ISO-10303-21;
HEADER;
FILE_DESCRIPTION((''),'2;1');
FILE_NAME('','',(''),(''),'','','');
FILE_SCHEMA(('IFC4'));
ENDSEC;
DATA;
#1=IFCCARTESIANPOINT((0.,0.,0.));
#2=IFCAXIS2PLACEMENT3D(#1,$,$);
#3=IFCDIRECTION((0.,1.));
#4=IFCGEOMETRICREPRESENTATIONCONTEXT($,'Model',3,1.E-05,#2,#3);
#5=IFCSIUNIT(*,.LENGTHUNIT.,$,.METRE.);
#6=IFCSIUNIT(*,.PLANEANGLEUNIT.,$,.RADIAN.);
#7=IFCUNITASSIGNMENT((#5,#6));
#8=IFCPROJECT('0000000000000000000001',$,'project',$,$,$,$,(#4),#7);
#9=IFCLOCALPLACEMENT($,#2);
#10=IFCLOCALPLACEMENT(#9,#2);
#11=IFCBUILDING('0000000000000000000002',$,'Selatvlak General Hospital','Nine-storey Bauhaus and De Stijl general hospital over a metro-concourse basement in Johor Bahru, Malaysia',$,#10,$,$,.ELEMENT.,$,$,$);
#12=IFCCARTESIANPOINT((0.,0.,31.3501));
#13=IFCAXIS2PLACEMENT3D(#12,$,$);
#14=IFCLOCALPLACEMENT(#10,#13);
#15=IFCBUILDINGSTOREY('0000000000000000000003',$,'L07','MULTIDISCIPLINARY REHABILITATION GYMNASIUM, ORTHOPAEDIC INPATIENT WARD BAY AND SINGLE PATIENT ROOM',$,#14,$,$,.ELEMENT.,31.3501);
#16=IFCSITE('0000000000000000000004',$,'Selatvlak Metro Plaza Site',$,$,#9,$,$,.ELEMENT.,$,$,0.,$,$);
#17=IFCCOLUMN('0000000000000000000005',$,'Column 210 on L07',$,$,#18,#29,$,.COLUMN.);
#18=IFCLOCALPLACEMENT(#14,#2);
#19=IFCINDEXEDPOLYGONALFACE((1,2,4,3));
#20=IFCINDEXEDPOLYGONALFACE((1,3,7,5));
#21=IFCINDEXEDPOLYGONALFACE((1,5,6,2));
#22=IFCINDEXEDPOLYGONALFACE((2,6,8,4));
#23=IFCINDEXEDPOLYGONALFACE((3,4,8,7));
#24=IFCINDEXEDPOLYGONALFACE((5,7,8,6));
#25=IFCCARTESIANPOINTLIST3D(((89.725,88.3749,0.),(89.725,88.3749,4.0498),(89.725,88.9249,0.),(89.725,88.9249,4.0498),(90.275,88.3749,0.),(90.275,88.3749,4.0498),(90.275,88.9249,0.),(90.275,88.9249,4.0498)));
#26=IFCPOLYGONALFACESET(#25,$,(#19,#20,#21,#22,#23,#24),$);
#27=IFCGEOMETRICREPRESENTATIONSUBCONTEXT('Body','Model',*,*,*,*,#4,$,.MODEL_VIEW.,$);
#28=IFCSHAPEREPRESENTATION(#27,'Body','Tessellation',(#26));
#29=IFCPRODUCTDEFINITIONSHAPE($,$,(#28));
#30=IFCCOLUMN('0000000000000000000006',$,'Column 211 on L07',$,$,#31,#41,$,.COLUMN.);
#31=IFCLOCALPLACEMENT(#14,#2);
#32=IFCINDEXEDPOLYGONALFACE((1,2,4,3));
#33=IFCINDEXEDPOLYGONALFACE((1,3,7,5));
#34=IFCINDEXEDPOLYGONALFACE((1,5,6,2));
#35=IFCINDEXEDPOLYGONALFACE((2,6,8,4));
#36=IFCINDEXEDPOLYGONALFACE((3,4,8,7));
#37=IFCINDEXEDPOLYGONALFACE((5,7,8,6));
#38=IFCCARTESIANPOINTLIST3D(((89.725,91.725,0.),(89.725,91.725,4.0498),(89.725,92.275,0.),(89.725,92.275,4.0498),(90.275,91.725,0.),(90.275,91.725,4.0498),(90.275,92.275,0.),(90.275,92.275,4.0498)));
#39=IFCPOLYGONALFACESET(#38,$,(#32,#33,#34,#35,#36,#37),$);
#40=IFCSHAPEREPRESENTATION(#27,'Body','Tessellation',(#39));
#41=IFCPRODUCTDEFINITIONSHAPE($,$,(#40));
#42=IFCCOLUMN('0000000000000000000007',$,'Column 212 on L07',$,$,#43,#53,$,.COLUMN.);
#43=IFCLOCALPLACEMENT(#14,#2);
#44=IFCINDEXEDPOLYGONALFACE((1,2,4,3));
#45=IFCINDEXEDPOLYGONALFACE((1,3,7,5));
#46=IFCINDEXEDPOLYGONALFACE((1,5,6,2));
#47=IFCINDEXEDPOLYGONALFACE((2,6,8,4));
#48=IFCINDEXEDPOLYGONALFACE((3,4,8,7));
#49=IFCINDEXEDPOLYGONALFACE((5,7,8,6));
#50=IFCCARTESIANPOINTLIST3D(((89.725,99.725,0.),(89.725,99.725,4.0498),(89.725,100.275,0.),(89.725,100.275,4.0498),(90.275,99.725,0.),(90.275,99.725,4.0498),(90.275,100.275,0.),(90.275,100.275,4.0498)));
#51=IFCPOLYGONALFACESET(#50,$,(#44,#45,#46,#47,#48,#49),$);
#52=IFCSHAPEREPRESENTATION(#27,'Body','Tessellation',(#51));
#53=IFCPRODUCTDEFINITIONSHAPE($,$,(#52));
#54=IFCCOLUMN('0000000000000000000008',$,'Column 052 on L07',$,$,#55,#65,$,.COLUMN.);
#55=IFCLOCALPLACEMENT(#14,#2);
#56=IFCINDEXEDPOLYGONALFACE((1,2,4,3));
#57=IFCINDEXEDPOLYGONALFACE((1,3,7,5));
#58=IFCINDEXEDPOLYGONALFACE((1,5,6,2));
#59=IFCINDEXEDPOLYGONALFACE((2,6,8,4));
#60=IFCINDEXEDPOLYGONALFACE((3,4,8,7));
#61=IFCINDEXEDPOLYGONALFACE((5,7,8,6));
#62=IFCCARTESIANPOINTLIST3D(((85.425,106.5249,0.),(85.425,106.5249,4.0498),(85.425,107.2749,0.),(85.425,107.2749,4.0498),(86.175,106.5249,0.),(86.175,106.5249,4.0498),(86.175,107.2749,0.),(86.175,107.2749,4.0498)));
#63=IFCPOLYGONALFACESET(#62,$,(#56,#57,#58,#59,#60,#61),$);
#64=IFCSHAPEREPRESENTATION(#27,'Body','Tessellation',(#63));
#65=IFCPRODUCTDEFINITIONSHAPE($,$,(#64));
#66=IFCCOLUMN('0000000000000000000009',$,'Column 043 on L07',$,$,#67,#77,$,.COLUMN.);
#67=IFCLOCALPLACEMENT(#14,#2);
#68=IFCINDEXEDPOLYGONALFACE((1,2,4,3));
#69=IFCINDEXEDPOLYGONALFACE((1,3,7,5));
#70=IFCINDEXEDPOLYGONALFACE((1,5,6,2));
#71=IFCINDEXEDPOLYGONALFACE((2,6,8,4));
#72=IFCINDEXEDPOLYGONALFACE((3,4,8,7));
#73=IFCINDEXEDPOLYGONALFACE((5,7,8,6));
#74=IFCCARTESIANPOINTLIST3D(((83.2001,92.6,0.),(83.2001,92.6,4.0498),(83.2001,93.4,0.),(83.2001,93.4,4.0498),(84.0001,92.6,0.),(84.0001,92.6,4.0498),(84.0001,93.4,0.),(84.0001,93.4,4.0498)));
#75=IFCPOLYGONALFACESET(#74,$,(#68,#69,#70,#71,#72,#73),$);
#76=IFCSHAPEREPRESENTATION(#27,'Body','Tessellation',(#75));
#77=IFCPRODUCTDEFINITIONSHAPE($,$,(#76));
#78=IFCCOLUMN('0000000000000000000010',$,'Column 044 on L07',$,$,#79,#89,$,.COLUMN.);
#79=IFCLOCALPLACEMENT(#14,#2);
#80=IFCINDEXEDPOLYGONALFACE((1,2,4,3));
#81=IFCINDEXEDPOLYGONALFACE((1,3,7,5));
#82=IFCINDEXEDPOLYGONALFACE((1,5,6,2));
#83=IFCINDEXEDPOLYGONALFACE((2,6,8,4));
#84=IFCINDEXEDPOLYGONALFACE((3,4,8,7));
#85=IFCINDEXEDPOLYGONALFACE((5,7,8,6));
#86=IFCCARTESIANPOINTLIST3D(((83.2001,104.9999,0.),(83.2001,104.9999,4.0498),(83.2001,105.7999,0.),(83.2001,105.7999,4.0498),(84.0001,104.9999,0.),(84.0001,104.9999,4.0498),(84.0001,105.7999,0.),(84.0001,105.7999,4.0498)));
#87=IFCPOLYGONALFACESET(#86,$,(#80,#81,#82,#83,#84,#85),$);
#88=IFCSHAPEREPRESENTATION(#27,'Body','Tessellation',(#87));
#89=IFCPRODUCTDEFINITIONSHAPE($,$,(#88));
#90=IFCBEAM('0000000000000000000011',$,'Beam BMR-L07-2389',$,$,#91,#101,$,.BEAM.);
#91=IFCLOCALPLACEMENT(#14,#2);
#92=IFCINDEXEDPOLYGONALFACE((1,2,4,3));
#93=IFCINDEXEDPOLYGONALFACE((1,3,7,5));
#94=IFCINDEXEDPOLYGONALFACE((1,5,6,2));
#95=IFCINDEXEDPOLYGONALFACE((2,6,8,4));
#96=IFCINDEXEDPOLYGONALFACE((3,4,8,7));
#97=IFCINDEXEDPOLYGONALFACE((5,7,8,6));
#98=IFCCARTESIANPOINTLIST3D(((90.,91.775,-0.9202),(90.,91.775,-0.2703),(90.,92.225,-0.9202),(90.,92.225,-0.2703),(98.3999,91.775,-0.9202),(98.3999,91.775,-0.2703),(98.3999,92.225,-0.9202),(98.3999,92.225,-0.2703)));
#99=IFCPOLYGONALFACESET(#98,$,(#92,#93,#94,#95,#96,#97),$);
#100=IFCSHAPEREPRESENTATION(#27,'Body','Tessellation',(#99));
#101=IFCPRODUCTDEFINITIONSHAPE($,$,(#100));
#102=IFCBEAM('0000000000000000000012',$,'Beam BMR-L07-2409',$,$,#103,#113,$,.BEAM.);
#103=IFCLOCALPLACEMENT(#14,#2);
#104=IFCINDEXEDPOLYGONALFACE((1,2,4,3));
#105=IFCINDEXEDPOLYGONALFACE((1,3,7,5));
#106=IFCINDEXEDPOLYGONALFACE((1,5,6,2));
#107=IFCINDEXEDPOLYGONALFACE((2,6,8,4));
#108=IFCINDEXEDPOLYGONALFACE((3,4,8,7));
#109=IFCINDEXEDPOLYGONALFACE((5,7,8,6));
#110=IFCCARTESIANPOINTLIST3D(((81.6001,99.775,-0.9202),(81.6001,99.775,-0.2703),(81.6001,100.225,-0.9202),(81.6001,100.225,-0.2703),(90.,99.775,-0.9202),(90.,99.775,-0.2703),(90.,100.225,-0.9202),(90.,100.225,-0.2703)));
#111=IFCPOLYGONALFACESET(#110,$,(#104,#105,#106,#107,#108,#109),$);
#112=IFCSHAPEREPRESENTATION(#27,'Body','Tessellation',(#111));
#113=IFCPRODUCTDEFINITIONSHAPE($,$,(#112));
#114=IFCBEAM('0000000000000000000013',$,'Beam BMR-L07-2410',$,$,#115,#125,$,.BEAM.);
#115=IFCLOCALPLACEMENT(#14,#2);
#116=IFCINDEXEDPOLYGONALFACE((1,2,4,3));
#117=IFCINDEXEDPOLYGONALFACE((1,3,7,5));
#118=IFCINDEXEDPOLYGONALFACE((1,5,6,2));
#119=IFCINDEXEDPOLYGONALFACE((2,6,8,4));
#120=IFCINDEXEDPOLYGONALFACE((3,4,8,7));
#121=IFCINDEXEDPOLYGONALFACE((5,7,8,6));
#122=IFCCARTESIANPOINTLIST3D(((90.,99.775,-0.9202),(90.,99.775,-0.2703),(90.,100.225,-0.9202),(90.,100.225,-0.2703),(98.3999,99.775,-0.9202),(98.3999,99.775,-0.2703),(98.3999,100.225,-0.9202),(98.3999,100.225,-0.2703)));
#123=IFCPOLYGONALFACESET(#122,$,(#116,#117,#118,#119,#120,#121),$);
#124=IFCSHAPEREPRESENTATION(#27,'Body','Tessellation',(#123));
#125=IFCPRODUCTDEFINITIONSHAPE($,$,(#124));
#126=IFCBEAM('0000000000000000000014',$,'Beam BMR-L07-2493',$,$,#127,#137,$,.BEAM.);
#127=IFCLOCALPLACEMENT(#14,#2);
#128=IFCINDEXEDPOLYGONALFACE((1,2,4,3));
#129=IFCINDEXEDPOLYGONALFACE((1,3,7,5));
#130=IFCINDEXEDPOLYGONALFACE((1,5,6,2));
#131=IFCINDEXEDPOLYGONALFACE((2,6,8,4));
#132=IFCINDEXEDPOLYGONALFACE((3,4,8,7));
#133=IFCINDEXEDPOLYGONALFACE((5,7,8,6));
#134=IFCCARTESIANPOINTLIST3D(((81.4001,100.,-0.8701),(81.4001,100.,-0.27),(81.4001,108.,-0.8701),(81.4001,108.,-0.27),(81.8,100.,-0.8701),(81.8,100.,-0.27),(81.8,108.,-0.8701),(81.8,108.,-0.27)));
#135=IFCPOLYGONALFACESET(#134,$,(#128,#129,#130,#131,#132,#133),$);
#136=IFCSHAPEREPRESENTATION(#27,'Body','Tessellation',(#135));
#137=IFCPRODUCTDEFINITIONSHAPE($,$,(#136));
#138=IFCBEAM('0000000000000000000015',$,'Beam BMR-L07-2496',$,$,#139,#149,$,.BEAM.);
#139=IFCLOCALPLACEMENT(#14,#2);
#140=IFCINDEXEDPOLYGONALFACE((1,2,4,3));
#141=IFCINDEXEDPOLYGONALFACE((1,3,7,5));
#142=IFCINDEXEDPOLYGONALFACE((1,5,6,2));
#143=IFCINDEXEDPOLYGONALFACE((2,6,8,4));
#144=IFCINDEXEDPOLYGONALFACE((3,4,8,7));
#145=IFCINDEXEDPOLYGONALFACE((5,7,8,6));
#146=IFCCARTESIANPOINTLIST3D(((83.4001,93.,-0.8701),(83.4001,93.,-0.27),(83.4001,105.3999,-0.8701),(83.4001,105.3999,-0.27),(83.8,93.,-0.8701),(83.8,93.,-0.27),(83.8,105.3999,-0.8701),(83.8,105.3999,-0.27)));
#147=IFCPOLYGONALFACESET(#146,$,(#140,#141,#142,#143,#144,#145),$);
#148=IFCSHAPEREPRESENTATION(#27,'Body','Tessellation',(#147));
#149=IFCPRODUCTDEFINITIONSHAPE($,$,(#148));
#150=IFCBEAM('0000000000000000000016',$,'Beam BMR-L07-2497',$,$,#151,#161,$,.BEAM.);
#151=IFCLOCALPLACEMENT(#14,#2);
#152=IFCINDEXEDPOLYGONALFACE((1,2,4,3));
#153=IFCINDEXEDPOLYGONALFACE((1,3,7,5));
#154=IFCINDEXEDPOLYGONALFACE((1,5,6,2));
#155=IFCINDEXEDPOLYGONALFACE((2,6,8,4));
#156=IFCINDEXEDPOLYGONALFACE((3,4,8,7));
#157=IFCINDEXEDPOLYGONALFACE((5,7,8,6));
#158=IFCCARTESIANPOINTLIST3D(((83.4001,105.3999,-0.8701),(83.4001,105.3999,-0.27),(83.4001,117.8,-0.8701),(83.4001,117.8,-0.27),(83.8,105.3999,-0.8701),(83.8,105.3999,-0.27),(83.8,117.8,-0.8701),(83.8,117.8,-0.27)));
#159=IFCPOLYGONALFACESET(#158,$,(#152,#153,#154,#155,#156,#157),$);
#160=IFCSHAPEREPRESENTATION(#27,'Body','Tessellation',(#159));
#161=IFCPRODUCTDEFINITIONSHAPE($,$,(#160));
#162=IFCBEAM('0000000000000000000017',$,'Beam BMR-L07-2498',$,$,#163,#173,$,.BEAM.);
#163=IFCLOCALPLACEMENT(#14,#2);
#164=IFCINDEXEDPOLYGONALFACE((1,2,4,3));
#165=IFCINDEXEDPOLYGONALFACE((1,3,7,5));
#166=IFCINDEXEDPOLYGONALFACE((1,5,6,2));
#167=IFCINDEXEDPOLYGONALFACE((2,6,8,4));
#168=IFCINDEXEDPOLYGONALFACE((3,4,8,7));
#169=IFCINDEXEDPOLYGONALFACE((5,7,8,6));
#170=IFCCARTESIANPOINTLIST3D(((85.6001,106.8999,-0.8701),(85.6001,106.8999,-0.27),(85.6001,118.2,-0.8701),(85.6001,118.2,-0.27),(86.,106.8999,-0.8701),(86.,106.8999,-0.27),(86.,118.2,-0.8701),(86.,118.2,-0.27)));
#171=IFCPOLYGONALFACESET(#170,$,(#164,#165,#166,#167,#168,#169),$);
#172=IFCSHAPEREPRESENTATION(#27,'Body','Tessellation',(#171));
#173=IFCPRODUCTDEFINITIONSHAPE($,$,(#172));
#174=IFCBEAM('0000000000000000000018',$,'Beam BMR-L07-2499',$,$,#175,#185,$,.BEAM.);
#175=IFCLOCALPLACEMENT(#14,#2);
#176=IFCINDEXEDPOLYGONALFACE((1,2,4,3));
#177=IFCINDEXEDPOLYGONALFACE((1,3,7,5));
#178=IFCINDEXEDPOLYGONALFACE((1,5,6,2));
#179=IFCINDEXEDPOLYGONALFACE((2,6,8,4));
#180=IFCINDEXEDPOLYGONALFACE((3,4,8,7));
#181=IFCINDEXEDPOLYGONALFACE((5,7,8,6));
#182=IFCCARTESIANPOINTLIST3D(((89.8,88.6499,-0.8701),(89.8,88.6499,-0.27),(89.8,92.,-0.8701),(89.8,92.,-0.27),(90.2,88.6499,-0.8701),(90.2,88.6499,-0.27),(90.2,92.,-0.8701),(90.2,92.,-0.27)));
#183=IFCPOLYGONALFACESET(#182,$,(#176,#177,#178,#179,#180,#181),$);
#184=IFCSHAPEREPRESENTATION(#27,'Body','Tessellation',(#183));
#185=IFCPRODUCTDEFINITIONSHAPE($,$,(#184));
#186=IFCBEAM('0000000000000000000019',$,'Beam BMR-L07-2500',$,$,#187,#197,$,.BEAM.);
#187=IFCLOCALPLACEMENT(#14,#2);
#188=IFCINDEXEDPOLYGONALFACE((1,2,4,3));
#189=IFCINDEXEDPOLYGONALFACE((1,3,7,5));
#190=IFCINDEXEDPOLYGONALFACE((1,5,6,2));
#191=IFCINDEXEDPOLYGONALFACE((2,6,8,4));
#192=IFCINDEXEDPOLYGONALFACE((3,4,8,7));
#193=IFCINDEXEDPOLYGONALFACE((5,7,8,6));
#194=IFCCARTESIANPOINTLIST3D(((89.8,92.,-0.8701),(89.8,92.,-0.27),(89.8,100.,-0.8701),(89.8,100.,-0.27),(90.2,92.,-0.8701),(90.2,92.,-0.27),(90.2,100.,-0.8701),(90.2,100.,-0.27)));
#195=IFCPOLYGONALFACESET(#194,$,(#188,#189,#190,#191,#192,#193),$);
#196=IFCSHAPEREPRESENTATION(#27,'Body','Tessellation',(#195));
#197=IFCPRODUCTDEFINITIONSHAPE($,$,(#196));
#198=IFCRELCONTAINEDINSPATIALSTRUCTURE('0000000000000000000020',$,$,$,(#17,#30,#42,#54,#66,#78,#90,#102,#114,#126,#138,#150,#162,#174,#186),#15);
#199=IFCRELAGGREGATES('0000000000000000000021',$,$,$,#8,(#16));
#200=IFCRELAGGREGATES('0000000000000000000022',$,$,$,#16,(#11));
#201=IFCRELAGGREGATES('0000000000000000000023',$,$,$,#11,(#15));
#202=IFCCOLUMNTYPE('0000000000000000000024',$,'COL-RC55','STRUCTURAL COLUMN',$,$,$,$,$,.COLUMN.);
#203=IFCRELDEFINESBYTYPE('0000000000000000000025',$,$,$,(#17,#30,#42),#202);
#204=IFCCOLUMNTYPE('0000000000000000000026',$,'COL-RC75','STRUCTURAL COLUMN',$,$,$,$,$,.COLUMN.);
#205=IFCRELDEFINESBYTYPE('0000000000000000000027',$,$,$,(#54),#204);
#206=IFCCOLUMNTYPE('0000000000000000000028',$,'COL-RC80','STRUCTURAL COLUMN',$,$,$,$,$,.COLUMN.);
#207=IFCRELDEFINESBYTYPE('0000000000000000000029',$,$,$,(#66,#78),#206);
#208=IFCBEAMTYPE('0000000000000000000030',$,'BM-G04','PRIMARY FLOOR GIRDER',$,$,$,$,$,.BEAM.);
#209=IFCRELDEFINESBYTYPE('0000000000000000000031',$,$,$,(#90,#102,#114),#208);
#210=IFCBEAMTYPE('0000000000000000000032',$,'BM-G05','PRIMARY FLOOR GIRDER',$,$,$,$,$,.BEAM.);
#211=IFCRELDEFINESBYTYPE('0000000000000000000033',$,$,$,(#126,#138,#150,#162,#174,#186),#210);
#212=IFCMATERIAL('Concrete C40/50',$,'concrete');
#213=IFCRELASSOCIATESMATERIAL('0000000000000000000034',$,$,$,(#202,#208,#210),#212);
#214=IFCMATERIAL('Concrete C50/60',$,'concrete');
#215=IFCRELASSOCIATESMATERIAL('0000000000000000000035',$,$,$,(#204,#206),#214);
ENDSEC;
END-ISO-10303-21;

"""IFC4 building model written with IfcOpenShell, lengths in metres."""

from ifc_helpers import new_model, si_unit, direction, frame, origin, origin_2d, place, context, subcontext, project, spatial, rectangle, extrude, material, material_profile, profile_set, type_object, element, save


model = new_model("IFC4")

# Units and contexts
model_context = context("Model", 3, precision=1e-05, world=origin(), true_north=direction((0.0, 1.0)))
body_context = subcontext(model_context, "Body", "Model", "MODEL_VIEW")
ifc_project = project(units=[si_unit("LENGTHUNIT", "METRE"), si_unit("PLANEANGLEUNIT", "RADIAN")], contexts=[model_context])

# Site, building, storey
site_placement = place(None, origin())
site = spatial("IfcSite", under=ifc_project, at=site_placement, Name="Selatvlak Metro Plaza Site", CompositionType="ELEMENT", RefElevation=0.0)
building_placement = place(site_placement, origin())
building = spatial("IfcBuilding", under=site, at=building_placement, Name="Selatvlak General Hospital", Description="Nine-storey Bauhaus and De Stijl general hospital over a metro-concourse basement in Johor Bahru, Malaysia", CompositionType="ELEMENT")
storey_placement = place(building_placement, frame((0.0, 0.0, 31.3501)))
storey = spatial("IfcBuildingStorey", under=building, at=storey_placement, Name="L07", Description="MULTIDISCIPLINARY REHABILITATION GYMNASIUM, ORTHOPAEDIC INPATIENT WARD BAY AND SINGLE PATIENT ROOM", CompositionType="ELEMENT", Elevation=31.3501)

# Columns
ifc_material_1 = material(Name="Concrete C40/50", Category="concrete")
ifc_material_profile_1 = material_profile(ifc_material_1, rectangle(XDim=0.55, YDim=0.55, at=origin_2d()), Name="RC-COL 550x550")
ifc_profile_set_1 = profile_set([ifc_material_profile_1], Name="Concrete C40/50")
column_type_1 = type_object("IfcColumnType", Name="COL-RC55", Description="STRUCTURAL COLUMN", PredefinedType="COLUMN", material=ifc_profile_set_1)
for number, where, z_axis, x_axis, name in (
    (1, (90.0, 88.6499, 0.0), (0.0, 0.0, 1.0), (1.0, 0.0, 0.0), "Column 210 on L07"),
    (2, (90.0, 92.0, 0.0), (0.0, 0.0, 1.0), (1.0, 0.0, 0.0), "Column 211 on L07"),
    (3, (90.0, 100.0, 0.0), (0.0, 0.0, 1.0), (1.0, 0.0, 0.0), "Column 212 on L07"),
):
    element("IfcColumn", number, at=place(storey_placement, frame(where, z_axis=z_axis, x_axis=x_axis)), inside=storey, type_object=column_type_1, Name=name, PredefinedType="COLUMN", context=body_context, shape_type="SweptSolid", body=[
        extrude(rectangle(XDim=0.55, YDim=0.55, at=origin_2d()), origin(), (0.0, 0.0, 1.0), 4.0498),
    ])
ifc_material_2 = material(Name="Concrete C50/60", Category="concrete")
ifc_material_profile_2 = material_profile(ifc_material_2, rectangle(XDim=0.75, YDim=0.75, at=origin_2d()), Name="RC-COL 750x750")
ifc_profile_set_2 = profile_set([ifc_material_profile_2], Name="Concrete C50/60")
column_type_2 = type_object("IfcColumnType", Name="COL-RC75", Description="STRUCTURAL COLUMN", PredefinedType="COLUMN", material=ifc_profile_set_2)
column_placement = place(storey_placement, frame((85.8, 106.8999, 0.0), z_axis=(0.0, 0.0, 1.0), x_axis=(1.0, 0.0, 0.0)))
element("IfcColumn", 4, at=column_placement, inside=storey, type_object=column_type_2, Name="Column 052 on L07", PredefinedType="COLUMN", context=body_context, shape_type="SweptSolid", body=[
    extrude(rectangle(XDim=0.75, YDim=0.75, at=origin_2d()), origin(), (0.0, 0.0, 1.0), 4.0498),
])
ifc_material_profile_3 = material_profile(ifc_material_2, rectangle(XDim=0.8, YDim=0.8, at=origin_2d()), Name="RC-COL 800x800")
ifc_profile_set_3 = profile_set([ifc_material_profile_3], Name="Concrete C50/60")
column_type_3 = type_object("IfcColumnType", Name="COL-RC80", Description="STRUCTURAL COLUMN", PredefinedType="COLUMN", material=ifc_profile_set_3)
for number, where, z_axis, x_axis, name in (
    (5, (83.6001, 93.0, 0.0), (0.0, 0.0, 1.0), (1.0, 0.0, 0.0), "Column 043 on L07"),
    (6, (83.6001, 105.3999, 0.0), (0.0, 0.0, 1.0), (1.0, 0.0, 0.0), "Column 044 on L07"),
):
    element("IfcColumn", number, at=place(storey_placement, frame(where, z_axis=z_axis, x_axis=x_axis)), inside=storey, type_object=column_type_3, Name=name, PredefinedType="COLUMN", context=body_context, shape_type="SweptSolid", body=[
        extrude(rectangle(XDim=0.8, YDim=0.8, at=origin_2d()), origin(), (0.0, 0.0, 1.0), 4.0498),
    ])

# Beams
ifc_material_profile_4 = material_profile(ifc_material_1, rectangle(XDim=0.45, YDim=0.6499, at=origin_2d()), Name="RC-BM 450x650")
ifc_profile_set_4 = profile_set([ifc_material_profile_4], Name="Concrete C40/50")
beam_type_1 = type_object("IfcBeamType", Name="BM-G04", Description="PRIMARY FLOOR GIRDER", PredefinedType="BEAM", material=ifc_profile_set_4)
for number, where, z_axis, x_axis, name in (
    (7, (90.0, 92.0, -0.5952), (1.0, 0.0, 0.0), (0.0, 1.0, 0.0), "Beam BMR-L07-2389"),
    (8, (81.6001, 100.0, -0.5952), (1.0, 0.0, 0.0), (0.0, 1.0, 0.0), "Beam BMR-L07-2409"),
    (9, (90.0, 100.0, -0.5952), (1.0, 0.0, 0.0), (0.0, 1.0, 0.0), "Beam BMR-L07-2410"),
):
    element("IfcBeam", number, at=place(storey_placement, frame(where, z_axis=z_axis, x_axis=x_axis)), inside=storey, type_object=beam_type_1, Name=name, PredefinedType="BEAM", context=body_context, shape_type="SweptSolid", body=[
        extrude(rectangle(XDim=0.45, YDim=0.6499, at=origin_2d()), origin(), (0.0, 0.0, 1.0), 8.3999),
    ])
ifc_material_profile_5 = material_profile(ifc_material_1, rectangle(XDim=0.3999, YDim=0.6001, at=origin_2d()), Name="RC-BM 400x600")
ifc_profile_set_5 = profile_set([ifc_material_profile_5], Name="Concrete C40/50")
beam_type_2 = type_object("IfcBeamType", Name="BM-G05", Description="PRIMARY FLOOR GIRDER", PredefinedType="BEAM", material=ifc_profile_set_5)
beam_1_placement = place(storey_placement, frame((81.6001, 100.0, -0.5701), z_axis=(0.0, 1.0, 0.0), x_axis=(-1.0, 0.0, 0.0)))
element("IfcBeam", 10, at=beam_1_placement, inside=storey, type_object=beam_type_2, Name="Beam BMR-L07-2493", PredefinedType="BEAM", context=body_context, shape_type="SweptSolid", body=[
    extrude(rectangle(XDim=0.3999, YDim=0.6001, at=origin_2d()), origin(), (0.0, 0.0, 1.0), 8.0),
])
beam_2_placement = place(storey_placement, frame((83.6001, 93.0, -0.5701), z_axis=(0.0, 1.0, 0.0), x_axis=(-1.0, 0.0, 0.0)))
element("IfcBeam", 11, at=beam_2_placement, inside=storey, type_object=beam_type_2, Name="Beam BMR-L07-2496", PredefinedType="BEAM", context=body_context, shape_type="SweptSolid", body=[
    extrude(rectangle(XDim=0.3999, YDim=0.6001, at=origin_2d()), origin(), (0.0, 0.0, 1.0), 12.3999),
])
beam_3_placement = place(storey_placement, frame((83.6001, 105.3999, -0.5701), z_axis=(0.0, 1.0, 0.0), x_axis=(-1.0, 0.0, 0.0)))
element("IfcBeam", 12, at=beam_3_placement, inside=storey, type_object=beam_type_2, Name="Beam BMR-L07-2497", PredefinedType="BEAM", context=body_context, shape_type="SweptSolid", body=[
    extrude(rectangle(XDim=0.3999, YDim=0.6001, at=origin_2d()), origin(), (0.0, 0.0, 1.0), 12.4001),
])
beam_4_placement = place(storey_placement, frame((85.8, 106.8999, -0.5701), z_axis=(0.0, 1.0, 0.0), x_axis=(-1.0, 0.0, 0.0)))
element("IfcBeam", 13, at=beam_4_placement, inside=storey, type_object=beam_type_2, Name="Beam BMR-L07-2498", PredefinedType="BEAM", context=body_context, shape_type="SweptSolid", body=[
    extrude(rectangle(XDim=0.3999, YDim=0.6001, at=origin_2d()), origin(), (0.0, 0.0, 1.0), 11.3),
])
beam_5_placement = place(storey_placement, frame((90.0, 88.6499, -0.5701), z_axis=(0.0, 1.0, 0.0), x_axis=(-1.0, 0.0, 0.0)))
element("IfcBeam", 14, at=beam_5_placement, inside=storey, type_object=beam_type_2, Name="Beam BMR-L07-2499", PredefinedType="BEAM", context=body_context, shape_type="SweptSolid", body=[
    extrude(rectangle(XDim=0.3999, YDim=0.6001, at=origin_2d()), origin(), (0.0, 0.0, 1.0), 3.3501),
])
for number, where, z_axis, x_axis, name in (
    (15, (90.0, 92.0, -0.5701), (0.0, 1.0, 0.0), (-1.0, 0.0, 0.0), "Beam BMR-L07-2500"),
):
    element("IfcBeam", number, at=place(storey_placement, frame(where, z_axis=z_axis, x_axis=x_axis)), inside=storey, type_object=beam_type_2, Name=name, PredefinedType="BEAM", context=body_context, shape_type="SweptSolid", body=[
        extrude(rectangle(XDim=0.3999, YDim=0.6001, at=origin_2d()), origin(), (0.0, 0.0, 1.0), 8.0),
    ])

save(model, "model.ifc")
